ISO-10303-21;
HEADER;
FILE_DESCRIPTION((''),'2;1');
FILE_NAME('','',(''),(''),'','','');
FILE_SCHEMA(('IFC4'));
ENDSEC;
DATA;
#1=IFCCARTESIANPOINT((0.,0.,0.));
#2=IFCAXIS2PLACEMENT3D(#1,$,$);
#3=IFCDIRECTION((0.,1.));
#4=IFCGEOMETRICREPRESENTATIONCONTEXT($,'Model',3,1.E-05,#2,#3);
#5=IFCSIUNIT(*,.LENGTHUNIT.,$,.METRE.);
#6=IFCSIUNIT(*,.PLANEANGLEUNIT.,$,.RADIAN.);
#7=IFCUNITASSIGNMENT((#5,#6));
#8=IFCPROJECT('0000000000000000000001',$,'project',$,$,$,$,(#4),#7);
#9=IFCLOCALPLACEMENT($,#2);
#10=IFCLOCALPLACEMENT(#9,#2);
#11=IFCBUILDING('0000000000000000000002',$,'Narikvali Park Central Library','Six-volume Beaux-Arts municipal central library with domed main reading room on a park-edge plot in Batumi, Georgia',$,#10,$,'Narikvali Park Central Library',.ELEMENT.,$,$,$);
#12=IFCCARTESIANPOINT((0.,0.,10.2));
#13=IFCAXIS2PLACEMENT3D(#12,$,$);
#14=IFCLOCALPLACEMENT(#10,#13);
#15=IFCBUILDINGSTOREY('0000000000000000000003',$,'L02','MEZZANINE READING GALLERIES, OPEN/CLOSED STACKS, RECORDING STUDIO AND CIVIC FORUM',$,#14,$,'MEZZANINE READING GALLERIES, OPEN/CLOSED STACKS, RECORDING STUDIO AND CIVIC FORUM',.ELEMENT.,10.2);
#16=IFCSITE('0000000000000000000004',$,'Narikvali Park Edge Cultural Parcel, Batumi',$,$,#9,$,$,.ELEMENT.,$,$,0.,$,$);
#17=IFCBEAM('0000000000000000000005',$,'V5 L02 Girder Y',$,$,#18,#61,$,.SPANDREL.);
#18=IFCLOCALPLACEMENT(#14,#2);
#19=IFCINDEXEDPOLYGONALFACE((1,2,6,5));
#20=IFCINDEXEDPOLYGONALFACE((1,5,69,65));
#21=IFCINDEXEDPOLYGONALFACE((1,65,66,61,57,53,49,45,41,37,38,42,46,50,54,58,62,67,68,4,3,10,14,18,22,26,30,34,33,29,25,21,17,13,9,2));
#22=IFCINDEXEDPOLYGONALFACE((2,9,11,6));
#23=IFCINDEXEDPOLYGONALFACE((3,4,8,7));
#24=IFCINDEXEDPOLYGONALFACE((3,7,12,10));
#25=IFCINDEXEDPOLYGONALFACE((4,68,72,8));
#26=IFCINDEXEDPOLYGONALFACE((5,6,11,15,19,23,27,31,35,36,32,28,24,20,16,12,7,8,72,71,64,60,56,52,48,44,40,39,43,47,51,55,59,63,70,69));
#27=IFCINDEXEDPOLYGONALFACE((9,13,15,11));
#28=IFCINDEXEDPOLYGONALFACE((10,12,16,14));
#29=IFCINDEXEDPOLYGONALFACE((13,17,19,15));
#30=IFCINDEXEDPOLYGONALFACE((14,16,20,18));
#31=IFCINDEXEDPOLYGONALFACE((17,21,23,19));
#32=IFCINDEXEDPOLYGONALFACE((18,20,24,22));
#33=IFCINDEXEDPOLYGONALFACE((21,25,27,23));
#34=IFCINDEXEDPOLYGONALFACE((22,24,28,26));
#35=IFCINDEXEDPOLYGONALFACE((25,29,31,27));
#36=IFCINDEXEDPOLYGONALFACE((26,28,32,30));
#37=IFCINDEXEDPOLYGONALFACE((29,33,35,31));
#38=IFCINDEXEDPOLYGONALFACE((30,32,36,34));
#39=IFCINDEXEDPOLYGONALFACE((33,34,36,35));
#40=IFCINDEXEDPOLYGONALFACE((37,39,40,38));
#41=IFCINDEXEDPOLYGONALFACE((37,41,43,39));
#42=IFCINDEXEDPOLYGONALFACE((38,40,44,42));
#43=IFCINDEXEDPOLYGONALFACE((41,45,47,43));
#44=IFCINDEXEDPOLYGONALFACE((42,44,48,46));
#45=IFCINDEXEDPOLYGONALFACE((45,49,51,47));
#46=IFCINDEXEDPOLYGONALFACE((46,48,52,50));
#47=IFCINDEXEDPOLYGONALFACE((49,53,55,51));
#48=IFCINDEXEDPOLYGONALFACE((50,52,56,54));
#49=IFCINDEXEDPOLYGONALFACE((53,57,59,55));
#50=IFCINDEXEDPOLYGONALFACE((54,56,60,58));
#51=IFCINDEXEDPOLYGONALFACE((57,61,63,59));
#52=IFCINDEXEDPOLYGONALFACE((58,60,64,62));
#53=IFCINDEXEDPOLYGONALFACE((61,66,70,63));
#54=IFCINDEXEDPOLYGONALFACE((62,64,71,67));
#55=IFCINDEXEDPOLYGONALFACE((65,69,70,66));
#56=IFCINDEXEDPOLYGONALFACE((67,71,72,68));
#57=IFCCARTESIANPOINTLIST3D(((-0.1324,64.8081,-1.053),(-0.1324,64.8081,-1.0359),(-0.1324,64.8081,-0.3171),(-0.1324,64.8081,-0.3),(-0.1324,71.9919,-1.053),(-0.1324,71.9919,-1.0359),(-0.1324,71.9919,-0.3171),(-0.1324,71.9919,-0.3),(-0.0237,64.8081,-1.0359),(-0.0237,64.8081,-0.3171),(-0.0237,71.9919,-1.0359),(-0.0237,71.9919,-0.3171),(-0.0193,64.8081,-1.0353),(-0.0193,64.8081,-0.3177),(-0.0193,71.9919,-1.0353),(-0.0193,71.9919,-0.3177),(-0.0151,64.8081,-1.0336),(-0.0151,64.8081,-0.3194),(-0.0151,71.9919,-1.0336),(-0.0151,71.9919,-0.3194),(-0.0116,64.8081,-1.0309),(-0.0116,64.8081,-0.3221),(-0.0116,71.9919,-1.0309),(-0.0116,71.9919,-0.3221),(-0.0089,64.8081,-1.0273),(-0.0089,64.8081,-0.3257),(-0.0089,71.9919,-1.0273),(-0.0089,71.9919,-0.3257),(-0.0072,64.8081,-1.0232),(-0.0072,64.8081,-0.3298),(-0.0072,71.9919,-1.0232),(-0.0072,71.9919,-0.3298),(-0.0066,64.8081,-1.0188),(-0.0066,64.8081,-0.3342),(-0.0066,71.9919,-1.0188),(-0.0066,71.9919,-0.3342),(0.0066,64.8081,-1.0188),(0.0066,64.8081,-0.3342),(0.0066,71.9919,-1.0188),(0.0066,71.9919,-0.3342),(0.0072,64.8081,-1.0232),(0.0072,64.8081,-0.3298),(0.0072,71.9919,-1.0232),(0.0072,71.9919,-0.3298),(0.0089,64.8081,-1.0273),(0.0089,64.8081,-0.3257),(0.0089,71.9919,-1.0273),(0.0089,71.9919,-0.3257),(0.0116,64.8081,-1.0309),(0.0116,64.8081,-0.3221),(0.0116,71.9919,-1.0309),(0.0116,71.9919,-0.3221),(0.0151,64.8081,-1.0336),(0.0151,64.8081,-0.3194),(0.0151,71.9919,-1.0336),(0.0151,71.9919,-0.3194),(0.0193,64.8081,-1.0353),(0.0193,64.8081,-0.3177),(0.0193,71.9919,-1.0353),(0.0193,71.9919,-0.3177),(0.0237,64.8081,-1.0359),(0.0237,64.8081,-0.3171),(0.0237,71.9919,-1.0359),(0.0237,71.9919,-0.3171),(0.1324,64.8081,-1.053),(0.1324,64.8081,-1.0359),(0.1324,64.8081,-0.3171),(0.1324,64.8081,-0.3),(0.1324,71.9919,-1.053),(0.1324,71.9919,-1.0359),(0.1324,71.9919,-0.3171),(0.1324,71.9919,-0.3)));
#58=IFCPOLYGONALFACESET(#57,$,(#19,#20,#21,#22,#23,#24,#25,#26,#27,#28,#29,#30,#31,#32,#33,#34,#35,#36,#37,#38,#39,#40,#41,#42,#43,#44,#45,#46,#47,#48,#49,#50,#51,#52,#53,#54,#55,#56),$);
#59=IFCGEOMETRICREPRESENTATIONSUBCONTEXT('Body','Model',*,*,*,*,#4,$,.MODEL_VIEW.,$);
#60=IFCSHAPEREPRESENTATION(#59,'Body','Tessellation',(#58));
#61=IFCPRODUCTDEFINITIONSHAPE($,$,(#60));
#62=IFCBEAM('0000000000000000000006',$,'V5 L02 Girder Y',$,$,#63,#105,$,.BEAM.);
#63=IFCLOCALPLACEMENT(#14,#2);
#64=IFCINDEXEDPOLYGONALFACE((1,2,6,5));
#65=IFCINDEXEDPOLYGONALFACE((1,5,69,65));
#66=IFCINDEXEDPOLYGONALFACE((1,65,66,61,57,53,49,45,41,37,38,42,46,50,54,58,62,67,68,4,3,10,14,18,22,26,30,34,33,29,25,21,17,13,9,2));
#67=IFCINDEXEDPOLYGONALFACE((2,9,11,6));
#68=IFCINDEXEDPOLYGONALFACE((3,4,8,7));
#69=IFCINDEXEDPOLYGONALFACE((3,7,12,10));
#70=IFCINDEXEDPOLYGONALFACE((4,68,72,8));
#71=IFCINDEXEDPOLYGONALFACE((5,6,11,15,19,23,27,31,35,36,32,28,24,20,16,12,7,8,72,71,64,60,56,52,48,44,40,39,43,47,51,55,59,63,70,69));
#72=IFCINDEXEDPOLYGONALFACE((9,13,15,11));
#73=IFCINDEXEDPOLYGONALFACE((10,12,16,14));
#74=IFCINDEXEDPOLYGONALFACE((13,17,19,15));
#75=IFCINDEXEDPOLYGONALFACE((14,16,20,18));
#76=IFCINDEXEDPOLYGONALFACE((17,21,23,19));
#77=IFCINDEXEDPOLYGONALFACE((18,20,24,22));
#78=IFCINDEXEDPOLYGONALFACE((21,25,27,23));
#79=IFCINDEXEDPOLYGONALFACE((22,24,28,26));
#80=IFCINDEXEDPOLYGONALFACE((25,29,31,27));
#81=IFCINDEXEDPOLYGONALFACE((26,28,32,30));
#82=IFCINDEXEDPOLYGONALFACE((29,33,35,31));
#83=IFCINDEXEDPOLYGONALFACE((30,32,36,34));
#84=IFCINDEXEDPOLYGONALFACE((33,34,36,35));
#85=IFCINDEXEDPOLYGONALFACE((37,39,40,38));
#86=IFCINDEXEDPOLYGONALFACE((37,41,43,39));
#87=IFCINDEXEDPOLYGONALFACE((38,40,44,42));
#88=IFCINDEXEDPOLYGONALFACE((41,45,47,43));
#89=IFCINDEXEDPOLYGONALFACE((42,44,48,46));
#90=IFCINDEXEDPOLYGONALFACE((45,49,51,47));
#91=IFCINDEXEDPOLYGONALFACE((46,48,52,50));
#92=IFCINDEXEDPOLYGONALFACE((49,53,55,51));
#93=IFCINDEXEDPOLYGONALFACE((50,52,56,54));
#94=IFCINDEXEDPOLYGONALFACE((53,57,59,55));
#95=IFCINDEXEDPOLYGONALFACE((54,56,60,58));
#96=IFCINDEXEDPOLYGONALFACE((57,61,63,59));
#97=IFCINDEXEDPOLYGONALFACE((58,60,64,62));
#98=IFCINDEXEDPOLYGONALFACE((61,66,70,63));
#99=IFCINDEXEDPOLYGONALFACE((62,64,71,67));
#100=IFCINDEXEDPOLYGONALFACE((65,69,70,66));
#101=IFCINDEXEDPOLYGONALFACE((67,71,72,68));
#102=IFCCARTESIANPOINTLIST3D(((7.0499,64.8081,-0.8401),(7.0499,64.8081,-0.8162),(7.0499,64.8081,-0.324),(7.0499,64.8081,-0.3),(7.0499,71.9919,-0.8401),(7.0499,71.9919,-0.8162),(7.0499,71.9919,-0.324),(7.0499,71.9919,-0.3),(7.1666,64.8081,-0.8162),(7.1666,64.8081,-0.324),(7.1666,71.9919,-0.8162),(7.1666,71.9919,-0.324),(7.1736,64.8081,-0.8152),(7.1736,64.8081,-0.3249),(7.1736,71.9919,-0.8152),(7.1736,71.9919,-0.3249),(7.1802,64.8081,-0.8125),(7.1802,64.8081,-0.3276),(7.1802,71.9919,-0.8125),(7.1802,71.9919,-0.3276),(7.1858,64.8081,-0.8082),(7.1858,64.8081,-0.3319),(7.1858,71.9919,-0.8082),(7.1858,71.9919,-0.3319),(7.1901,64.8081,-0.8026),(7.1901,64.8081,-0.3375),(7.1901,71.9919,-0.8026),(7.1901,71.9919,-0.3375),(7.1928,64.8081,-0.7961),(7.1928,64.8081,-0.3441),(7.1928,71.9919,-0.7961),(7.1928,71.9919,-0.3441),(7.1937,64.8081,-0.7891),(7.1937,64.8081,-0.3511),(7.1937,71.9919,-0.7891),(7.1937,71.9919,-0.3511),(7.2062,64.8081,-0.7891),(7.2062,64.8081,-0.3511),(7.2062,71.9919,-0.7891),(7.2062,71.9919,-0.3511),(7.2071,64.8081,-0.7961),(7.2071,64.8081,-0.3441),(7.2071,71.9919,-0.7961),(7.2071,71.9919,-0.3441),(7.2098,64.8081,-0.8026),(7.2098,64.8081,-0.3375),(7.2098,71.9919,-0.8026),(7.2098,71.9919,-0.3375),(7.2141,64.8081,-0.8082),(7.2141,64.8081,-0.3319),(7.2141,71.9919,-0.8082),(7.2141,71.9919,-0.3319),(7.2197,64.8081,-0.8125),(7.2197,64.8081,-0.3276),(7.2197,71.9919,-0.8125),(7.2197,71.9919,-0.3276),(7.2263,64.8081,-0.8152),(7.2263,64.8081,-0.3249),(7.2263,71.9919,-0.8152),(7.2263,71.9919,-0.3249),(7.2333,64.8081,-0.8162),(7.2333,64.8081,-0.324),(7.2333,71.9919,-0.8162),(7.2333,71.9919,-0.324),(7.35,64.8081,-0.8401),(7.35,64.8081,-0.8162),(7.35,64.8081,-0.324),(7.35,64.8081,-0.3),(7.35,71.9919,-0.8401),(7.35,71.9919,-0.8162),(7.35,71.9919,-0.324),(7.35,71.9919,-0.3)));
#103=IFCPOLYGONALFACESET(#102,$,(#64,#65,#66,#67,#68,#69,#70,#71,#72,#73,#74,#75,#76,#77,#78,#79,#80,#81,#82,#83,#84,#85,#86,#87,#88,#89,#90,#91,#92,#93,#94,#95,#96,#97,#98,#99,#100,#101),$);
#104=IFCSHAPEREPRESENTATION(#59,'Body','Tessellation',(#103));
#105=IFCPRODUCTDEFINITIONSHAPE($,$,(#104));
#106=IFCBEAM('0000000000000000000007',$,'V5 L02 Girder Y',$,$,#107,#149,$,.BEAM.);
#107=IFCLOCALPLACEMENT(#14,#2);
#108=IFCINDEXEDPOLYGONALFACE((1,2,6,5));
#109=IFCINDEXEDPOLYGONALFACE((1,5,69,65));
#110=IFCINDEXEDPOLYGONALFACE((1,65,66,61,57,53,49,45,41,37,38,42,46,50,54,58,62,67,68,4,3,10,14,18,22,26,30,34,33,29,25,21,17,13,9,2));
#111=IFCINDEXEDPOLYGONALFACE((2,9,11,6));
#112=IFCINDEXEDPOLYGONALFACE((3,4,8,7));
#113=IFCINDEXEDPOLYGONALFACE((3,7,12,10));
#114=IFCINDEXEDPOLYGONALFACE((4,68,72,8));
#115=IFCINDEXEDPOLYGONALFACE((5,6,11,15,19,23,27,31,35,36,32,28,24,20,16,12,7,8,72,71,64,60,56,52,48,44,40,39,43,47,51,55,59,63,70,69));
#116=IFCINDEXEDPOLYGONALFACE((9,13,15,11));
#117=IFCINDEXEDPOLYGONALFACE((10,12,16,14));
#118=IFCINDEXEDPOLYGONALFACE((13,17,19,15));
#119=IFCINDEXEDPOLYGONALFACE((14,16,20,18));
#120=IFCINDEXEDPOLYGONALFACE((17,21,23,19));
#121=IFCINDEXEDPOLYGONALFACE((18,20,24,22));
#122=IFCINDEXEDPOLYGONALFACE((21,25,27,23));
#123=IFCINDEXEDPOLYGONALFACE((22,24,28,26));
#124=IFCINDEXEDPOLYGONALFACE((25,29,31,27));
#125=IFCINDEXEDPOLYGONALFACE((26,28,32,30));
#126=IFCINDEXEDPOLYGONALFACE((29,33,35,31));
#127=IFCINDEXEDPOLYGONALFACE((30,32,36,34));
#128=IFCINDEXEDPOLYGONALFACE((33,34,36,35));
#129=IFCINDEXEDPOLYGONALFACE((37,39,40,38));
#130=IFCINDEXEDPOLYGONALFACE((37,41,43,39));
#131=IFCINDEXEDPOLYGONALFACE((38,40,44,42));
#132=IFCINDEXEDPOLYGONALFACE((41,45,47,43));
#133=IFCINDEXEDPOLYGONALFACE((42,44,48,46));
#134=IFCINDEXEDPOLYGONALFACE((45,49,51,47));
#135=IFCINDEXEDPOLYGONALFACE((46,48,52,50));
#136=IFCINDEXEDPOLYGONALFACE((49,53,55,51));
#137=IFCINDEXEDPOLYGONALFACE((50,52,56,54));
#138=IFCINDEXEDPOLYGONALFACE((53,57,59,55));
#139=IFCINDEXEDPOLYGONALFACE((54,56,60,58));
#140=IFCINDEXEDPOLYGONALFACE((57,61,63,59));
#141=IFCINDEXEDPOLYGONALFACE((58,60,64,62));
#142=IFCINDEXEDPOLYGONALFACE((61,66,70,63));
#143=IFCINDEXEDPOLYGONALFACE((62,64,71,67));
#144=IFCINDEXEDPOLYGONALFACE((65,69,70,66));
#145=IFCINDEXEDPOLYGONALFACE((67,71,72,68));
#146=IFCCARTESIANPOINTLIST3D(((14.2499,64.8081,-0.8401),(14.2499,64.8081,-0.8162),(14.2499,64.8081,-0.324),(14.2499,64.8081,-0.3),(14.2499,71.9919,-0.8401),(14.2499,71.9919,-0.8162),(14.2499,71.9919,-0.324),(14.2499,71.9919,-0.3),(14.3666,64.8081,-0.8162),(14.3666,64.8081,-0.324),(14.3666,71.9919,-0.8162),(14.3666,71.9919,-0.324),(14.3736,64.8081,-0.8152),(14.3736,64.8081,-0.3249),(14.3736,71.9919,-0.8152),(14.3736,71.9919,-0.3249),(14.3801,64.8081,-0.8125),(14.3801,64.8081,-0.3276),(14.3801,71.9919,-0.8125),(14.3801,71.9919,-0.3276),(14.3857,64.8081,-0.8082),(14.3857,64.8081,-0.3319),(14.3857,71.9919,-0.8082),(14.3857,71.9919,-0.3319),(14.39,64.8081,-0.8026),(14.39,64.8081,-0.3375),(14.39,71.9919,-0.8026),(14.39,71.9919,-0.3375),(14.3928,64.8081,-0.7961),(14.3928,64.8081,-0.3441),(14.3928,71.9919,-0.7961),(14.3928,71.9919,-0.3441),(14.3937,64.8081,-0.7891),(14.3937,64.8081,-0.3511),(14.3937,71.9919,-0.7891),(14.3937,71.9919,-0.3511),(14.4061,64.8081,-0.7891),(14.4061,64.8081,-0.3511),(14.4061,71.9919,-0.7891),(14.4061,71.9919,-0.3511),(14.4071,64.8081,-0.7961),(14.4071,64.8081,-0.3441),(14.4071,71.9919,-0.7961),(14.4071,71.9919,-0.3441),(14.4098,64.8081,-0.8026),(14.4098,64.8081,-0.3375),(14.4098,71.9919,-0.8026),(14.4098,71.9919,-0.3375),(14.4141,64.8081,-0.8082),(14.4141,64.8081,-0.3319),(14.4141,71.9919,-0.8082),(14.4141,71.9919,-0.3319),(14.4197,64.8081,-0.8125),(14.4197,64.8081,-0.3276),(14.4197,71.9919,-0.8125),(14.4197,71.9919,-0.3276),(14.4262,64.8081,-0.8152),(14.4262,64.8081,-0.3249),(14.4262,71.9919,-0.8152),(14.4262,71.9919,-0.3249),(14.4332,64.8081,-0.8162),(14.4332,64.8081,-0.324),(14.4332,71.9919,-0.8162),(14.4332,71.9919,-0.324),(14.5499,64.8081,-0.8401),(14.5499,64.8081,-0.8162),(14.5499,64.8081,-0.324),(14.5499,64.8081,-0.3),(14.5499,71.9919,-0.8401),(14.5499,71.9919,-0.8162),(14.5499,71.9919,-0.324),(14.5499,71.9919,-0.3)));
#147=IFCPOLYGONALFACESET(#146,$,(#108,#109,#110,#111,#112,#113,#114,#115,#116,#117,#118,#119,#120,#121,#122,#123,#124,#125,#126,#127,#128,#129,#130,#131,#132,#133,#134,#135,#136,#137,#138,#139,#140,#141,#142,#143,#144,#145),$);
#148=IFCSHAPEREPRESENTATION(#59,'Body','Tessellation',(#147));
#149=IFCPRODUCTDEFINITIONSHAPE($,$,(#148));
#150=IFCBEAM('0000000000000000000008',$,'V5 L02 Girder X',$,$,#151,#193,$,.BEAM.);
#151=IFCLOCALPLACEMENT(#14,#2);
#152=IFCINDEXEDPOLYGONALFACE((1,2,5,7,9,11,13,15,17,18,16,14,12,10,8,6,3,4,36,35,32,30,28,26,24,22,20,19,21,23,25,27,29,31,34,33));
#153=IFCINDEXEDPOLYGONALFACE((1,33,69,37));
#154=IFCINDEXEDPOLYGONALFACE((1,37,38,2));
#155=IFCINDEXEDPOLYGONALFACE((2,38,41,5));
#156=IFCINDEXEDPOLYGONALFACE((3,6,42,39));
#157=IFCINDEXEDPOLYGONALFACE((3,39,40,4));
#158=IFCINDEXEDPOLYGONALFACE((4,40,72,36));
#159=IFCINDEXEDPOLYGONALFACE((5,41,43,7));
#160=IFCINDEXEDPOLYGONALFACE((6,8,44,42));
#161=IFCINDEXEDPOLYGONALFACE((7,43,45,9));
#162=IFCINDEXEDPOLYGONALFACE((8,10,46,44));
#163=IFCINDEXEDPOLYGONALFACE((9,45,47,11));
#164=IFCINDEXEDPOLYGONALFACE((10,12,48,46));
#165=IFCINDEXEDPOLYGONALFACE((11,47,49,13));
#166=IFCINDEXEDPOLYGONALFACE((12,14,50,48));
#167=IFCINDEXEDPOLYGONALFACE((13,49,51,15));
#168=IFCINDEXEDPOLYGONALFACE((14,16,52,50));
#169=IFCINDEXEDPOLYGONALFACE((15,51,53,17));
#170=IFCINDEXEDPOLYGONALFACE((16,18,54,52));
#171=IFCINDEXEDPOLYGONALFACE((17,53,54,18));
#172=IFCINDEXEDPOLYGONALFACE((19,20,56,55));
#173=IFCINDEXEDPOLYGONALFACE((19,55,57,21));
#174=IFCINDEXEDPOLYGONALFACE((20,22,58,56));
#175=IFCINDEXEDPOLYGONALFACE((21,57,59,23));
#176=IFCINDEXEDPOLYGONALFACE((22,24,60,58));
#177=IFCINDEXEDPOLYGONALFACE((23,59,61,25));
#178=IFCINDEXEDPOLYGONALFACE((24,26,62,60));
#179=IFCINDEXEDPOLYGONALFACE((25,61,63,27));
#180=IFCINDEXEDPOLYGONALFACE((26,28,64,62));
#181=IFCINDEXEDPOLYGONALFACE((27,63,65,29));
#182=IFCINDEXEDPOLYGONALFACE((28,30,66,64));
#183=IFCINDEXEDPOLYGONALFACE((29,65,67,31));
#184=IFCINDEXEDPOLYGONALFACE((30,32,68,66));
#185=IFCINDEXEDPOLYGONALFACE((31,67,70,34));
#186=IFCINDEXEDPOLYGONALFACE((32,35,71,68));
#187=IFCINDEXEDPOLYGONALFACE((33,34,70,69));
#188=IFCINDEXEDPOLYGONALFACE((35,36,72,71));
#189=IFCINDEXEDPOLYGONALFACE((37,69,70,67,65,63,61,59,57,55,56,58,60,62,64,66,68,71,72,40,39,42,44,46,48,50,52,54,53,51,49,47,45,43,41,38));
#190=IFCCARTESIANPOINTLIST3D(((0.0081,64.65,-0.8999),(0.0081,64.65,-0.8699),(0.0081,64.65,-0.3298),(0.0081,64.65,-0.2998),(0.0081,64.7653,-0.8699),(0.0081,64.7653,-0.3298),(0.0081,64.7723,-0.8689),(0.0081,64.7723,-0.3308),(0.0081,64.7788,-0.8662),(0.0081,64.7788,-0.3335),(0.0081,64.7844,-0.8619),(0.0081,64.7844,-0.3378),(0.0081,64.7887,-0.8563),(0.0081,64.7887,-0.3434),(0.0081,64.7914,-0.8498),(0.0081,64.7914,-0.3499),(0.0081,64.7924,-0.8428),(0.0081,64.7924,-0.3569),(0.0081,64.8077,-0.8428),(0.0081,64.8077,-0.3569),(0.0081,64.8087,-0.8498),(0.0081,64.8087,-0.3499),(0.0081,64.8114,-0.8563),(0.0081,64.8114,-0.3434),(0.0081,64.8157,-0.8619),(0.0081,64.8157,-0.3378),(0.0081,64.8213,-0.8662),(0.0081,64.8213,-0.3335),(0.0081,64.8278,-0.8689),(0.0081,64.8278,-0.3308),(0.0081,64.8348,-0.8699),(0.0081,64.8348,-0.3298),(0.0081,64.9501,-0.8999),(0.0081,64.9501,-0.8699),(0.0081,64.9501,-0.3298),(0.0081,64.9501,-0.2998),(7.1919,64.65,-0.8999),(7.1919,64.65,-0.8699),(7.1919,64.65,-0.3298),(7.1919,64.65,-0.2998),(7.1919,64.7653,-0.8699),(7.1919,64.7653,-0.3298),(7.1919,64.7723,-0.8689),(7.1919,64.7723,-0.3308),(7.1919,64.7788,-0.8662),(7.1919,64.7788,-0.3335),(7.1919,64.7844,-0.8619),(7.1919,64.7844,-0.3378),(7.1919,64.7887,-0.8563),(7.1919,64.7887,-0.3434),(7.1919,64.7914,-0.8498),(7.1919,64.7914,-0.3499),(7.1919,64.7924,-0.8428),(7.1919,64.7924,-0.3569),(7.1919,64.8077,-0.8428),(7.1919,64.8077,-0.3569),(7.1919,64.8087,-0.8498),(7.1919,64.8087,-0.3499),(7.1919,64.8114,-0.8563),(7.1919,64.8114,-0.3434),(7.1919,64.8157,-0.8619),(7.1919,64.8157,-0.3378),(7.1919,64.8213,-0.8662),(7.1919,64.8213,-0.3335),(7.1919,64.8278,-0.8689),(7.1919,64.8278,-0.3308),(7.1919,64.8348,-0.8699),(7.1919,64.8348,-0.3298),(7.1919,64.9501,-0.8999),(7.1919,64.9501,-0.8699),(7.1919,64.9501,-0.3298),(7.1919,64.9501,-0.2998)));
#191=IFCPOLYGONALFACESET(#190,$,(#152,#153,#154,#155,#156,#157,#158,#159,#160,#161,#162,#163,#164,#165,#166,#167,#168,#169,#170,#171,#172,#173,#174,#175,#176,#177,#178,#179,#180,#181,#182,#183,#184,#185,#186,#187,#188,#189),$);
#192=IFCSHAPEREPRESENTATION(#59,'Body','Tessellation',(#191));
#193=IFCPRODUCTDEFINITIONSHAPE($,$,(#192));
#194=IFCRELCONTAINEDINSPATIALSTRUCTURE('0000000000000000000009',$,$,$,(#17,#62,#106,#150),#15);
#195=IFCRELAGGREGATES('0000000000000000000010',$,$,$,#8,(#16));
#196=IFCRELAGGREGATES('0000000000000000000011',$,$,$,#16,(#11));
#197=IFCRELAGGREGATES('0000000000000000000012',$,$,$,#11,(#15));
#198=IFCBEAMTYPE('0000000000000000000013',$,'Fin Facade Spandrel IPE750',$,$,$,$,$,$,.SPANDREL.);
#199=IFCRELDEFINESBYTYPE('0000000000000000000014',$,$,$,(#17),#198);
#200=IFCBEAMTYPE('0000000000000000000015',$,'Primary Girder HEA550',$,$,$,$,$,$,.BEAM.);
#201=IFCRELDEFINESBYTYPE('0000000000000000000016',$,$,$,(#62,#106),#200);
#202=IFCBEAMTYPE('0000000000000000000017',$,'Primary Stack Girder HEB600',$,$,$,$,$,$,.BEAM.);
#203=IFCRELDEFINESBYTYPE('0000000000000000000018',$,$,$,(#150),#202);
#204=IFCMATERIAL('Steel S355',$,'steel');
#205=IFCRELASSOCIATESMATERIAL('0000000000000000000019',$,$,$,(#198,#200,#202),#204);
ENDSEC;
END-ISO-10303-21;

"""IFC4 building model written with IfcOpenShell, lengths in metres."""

from ifc_helpers import new_model, si_unit, direction, frame, origin, origin_2d, place, context, subcontext, project, spatial, i_section, extrude, material, material_profile, profile_set, type_object, element, save


model = new_model("IFC4")

# Units and contexts
model_context = context("Model", 3, precision=1e-05, world=origin(), true_north=direction((0.0, 1.0)))
body_context = subcontext(model_context, "Body", "Model", "MODEL_VIEW")
ifc_project = project(units=[si_unit("LENGTHUNIT", "METRE"), si_unit("PLANEANGLEUNIT", "RADIAN")], contexts=[model_context])

# Site, building, storey
site_placement = place(None, origin())
site = spatial("IfcSite", under=ifc_project, at=site_placement, Name="Narikvali Park Edge Cultural Parcel, Batumi", CompositionType="ELEMENT", RefElevation=0.0)
building_placement = place(site_placement, origin())
building = spatial("IfcBuilding", under=site, at=building_placement, Name="Narikvali Park Central Library", Description="Six-volume Beaux-Arts municipal central library with domed main reading room on a park-edge plot in Batumi, Georgia", LongName="Narikvali Park Central Library", CompositionType="ELEMENT")
storey_placement = place(building_placement, frame((0.0, 0.0, 10.2)))
storey = spatial("IfcBuildingStorey", under=building, at=storey_placement, Name="L02", Description="MEZZANINE READING GALLERIES, OPEN/CLOSED STACKS, RECORDING STUDIO AND CIVIC FORUM", LongName="MEZZANINE READING GALLERIES, OPEN/CLOSED STACKS, RECORDING STUDIO AND CIVIC FORUM", CompositionType="ELEMENT", Elevation=10.2)

# Shared definitions
ifc_material_1 = material(Name="Steel S355", Category="steel")

# Beams
ifc_material_profile_1 = material_profile(ifc_material_1, i_section(OverallWidth=0.2649, OverallDepth=0.7529, WebThickness=0.0132, FlangeThickness=0.0171, FilletRadius=0.0171, at=origin_2d()), Name="IPE 750x147")
ifc_profile_set_1 = profile_set([ifc_material_profile_1], Name="Steel S355")
beam_type_1 = type_object("IfcBeamType", Name="Fin Facade Spandrel IPE750", PredefinedType="SPANDREL", material=ifc_profile_set_1)
beam_1_placement = place(storey_placement, frame((0.0, 64.8081, -0.6765), z_axis=(0.0, 1.0, 0.0), x_axis=(-1.0, 0.0, 0.0)))
element("IfcBeam", 1, at=beam_1_placement, inside=storey, type_object=beam_type_1, Name="V5 L02 Girder Y", PredefinedType="SPANDREL", context=body_context, shape_type="SweptSolid", body=[
    extrude(i_section(OverallWidth=0.2649, OverallDepth=0.7529, WebThickness=0.0132, FlangeThickness=0.0171, FilletRadius=0.0171, at=origin_2d()), origin(), (0.0, 0.0, 1.0), 7.1838),
])
ifc_material_profile_2 = material_profile(ifc_material_1, i_section(OverallWidth=0.3, OverallDepth=0.54, WebThickness=0.0125, FlangeThickness=0.0239, FilletRadius=0.0271, at=origin_2d()), Name="HEA 550")
ifc_profile_set_2 = profile_set([ifc_material_profile_2], Name="Steel S355")
beam_type_2 = type_object("IfcBeamType", Name="Primary Girder HEA550", PredefinedType="BEAM", material=ifc_profile_set_2)
for number, where, z_axis, x_axis, name in (
    (2, (7.2, 64.8081, -0.5701), (0.0, 1.0, 0.0), (-1.0, 0.0, 0.0), "V5 L02 Girder Y"),
    (3, (14.3999, 64.8081, -0.5701), (0.0, 1.0, 0.0), (-1.0, 0.0, 0.0), "V5 L02 Girder Y"),
):
    element("IfcBeam", number, at=place(storey_placement, frame(where, z_axis=z_axis, x_axis=x_axis)), inside=storey, type_object=beam_type_2, Name=name, PredefinedType="BEAM", context=body_context, shape_type="SweptSolid", body=[
        extrude(i_section(OverallWidth=0.3, OverallDepth=0.54, WebThickness=0.0125, FlangeThickness=0.0239, FilletRadius=0.0271, at=origin_2d()), origin(), (0.0, 0.0, 1.0), 7.1838),
    ])
ifc_material_profile_3 = material_profile(ifc_material_1, i_section(OverallWidth=0.3, OverallDepth=0.6001, WebThickness=0.0154, FlangeThickness=0.03, FilletRadius=0.0271, at=origin_2d()), Name="HEB 600")
ifc_profile_set_3 = profile_set([ifc_material_profile_3], Name="Steel S355")
beam_type_3 = type_object("IfcBeamType", Name="Primary Stack Girder HEB600", PredefinedType="BEAM", material=ifc_profile_set_3)
beam_2_placement = place(storey_placement, frame((0.0081, 64.8, -0.5999), z_axis=(1.0, 0.0, 0.0), x_axis=(0.0, 1.0, 0.0)))
element("IfcBeam", 4, at=beam_2_placement, inside=storey, type_object=beam_type_3, Name="V5 L02 Girder X", PredefinedType="BEAM", context=body_context, shape_type="SweptSolid", body=[
    extrude(i_section(OverallWidth=0.3, OverallDepth=0.6001, WebThickness=0.0154, FlangeThickness=0.03, FilletRadius=0.0271, at=origin_2d()), origin(), (0.0, 0.0, 1.0), 7.1838),
])

save(model, "model.ifc")
